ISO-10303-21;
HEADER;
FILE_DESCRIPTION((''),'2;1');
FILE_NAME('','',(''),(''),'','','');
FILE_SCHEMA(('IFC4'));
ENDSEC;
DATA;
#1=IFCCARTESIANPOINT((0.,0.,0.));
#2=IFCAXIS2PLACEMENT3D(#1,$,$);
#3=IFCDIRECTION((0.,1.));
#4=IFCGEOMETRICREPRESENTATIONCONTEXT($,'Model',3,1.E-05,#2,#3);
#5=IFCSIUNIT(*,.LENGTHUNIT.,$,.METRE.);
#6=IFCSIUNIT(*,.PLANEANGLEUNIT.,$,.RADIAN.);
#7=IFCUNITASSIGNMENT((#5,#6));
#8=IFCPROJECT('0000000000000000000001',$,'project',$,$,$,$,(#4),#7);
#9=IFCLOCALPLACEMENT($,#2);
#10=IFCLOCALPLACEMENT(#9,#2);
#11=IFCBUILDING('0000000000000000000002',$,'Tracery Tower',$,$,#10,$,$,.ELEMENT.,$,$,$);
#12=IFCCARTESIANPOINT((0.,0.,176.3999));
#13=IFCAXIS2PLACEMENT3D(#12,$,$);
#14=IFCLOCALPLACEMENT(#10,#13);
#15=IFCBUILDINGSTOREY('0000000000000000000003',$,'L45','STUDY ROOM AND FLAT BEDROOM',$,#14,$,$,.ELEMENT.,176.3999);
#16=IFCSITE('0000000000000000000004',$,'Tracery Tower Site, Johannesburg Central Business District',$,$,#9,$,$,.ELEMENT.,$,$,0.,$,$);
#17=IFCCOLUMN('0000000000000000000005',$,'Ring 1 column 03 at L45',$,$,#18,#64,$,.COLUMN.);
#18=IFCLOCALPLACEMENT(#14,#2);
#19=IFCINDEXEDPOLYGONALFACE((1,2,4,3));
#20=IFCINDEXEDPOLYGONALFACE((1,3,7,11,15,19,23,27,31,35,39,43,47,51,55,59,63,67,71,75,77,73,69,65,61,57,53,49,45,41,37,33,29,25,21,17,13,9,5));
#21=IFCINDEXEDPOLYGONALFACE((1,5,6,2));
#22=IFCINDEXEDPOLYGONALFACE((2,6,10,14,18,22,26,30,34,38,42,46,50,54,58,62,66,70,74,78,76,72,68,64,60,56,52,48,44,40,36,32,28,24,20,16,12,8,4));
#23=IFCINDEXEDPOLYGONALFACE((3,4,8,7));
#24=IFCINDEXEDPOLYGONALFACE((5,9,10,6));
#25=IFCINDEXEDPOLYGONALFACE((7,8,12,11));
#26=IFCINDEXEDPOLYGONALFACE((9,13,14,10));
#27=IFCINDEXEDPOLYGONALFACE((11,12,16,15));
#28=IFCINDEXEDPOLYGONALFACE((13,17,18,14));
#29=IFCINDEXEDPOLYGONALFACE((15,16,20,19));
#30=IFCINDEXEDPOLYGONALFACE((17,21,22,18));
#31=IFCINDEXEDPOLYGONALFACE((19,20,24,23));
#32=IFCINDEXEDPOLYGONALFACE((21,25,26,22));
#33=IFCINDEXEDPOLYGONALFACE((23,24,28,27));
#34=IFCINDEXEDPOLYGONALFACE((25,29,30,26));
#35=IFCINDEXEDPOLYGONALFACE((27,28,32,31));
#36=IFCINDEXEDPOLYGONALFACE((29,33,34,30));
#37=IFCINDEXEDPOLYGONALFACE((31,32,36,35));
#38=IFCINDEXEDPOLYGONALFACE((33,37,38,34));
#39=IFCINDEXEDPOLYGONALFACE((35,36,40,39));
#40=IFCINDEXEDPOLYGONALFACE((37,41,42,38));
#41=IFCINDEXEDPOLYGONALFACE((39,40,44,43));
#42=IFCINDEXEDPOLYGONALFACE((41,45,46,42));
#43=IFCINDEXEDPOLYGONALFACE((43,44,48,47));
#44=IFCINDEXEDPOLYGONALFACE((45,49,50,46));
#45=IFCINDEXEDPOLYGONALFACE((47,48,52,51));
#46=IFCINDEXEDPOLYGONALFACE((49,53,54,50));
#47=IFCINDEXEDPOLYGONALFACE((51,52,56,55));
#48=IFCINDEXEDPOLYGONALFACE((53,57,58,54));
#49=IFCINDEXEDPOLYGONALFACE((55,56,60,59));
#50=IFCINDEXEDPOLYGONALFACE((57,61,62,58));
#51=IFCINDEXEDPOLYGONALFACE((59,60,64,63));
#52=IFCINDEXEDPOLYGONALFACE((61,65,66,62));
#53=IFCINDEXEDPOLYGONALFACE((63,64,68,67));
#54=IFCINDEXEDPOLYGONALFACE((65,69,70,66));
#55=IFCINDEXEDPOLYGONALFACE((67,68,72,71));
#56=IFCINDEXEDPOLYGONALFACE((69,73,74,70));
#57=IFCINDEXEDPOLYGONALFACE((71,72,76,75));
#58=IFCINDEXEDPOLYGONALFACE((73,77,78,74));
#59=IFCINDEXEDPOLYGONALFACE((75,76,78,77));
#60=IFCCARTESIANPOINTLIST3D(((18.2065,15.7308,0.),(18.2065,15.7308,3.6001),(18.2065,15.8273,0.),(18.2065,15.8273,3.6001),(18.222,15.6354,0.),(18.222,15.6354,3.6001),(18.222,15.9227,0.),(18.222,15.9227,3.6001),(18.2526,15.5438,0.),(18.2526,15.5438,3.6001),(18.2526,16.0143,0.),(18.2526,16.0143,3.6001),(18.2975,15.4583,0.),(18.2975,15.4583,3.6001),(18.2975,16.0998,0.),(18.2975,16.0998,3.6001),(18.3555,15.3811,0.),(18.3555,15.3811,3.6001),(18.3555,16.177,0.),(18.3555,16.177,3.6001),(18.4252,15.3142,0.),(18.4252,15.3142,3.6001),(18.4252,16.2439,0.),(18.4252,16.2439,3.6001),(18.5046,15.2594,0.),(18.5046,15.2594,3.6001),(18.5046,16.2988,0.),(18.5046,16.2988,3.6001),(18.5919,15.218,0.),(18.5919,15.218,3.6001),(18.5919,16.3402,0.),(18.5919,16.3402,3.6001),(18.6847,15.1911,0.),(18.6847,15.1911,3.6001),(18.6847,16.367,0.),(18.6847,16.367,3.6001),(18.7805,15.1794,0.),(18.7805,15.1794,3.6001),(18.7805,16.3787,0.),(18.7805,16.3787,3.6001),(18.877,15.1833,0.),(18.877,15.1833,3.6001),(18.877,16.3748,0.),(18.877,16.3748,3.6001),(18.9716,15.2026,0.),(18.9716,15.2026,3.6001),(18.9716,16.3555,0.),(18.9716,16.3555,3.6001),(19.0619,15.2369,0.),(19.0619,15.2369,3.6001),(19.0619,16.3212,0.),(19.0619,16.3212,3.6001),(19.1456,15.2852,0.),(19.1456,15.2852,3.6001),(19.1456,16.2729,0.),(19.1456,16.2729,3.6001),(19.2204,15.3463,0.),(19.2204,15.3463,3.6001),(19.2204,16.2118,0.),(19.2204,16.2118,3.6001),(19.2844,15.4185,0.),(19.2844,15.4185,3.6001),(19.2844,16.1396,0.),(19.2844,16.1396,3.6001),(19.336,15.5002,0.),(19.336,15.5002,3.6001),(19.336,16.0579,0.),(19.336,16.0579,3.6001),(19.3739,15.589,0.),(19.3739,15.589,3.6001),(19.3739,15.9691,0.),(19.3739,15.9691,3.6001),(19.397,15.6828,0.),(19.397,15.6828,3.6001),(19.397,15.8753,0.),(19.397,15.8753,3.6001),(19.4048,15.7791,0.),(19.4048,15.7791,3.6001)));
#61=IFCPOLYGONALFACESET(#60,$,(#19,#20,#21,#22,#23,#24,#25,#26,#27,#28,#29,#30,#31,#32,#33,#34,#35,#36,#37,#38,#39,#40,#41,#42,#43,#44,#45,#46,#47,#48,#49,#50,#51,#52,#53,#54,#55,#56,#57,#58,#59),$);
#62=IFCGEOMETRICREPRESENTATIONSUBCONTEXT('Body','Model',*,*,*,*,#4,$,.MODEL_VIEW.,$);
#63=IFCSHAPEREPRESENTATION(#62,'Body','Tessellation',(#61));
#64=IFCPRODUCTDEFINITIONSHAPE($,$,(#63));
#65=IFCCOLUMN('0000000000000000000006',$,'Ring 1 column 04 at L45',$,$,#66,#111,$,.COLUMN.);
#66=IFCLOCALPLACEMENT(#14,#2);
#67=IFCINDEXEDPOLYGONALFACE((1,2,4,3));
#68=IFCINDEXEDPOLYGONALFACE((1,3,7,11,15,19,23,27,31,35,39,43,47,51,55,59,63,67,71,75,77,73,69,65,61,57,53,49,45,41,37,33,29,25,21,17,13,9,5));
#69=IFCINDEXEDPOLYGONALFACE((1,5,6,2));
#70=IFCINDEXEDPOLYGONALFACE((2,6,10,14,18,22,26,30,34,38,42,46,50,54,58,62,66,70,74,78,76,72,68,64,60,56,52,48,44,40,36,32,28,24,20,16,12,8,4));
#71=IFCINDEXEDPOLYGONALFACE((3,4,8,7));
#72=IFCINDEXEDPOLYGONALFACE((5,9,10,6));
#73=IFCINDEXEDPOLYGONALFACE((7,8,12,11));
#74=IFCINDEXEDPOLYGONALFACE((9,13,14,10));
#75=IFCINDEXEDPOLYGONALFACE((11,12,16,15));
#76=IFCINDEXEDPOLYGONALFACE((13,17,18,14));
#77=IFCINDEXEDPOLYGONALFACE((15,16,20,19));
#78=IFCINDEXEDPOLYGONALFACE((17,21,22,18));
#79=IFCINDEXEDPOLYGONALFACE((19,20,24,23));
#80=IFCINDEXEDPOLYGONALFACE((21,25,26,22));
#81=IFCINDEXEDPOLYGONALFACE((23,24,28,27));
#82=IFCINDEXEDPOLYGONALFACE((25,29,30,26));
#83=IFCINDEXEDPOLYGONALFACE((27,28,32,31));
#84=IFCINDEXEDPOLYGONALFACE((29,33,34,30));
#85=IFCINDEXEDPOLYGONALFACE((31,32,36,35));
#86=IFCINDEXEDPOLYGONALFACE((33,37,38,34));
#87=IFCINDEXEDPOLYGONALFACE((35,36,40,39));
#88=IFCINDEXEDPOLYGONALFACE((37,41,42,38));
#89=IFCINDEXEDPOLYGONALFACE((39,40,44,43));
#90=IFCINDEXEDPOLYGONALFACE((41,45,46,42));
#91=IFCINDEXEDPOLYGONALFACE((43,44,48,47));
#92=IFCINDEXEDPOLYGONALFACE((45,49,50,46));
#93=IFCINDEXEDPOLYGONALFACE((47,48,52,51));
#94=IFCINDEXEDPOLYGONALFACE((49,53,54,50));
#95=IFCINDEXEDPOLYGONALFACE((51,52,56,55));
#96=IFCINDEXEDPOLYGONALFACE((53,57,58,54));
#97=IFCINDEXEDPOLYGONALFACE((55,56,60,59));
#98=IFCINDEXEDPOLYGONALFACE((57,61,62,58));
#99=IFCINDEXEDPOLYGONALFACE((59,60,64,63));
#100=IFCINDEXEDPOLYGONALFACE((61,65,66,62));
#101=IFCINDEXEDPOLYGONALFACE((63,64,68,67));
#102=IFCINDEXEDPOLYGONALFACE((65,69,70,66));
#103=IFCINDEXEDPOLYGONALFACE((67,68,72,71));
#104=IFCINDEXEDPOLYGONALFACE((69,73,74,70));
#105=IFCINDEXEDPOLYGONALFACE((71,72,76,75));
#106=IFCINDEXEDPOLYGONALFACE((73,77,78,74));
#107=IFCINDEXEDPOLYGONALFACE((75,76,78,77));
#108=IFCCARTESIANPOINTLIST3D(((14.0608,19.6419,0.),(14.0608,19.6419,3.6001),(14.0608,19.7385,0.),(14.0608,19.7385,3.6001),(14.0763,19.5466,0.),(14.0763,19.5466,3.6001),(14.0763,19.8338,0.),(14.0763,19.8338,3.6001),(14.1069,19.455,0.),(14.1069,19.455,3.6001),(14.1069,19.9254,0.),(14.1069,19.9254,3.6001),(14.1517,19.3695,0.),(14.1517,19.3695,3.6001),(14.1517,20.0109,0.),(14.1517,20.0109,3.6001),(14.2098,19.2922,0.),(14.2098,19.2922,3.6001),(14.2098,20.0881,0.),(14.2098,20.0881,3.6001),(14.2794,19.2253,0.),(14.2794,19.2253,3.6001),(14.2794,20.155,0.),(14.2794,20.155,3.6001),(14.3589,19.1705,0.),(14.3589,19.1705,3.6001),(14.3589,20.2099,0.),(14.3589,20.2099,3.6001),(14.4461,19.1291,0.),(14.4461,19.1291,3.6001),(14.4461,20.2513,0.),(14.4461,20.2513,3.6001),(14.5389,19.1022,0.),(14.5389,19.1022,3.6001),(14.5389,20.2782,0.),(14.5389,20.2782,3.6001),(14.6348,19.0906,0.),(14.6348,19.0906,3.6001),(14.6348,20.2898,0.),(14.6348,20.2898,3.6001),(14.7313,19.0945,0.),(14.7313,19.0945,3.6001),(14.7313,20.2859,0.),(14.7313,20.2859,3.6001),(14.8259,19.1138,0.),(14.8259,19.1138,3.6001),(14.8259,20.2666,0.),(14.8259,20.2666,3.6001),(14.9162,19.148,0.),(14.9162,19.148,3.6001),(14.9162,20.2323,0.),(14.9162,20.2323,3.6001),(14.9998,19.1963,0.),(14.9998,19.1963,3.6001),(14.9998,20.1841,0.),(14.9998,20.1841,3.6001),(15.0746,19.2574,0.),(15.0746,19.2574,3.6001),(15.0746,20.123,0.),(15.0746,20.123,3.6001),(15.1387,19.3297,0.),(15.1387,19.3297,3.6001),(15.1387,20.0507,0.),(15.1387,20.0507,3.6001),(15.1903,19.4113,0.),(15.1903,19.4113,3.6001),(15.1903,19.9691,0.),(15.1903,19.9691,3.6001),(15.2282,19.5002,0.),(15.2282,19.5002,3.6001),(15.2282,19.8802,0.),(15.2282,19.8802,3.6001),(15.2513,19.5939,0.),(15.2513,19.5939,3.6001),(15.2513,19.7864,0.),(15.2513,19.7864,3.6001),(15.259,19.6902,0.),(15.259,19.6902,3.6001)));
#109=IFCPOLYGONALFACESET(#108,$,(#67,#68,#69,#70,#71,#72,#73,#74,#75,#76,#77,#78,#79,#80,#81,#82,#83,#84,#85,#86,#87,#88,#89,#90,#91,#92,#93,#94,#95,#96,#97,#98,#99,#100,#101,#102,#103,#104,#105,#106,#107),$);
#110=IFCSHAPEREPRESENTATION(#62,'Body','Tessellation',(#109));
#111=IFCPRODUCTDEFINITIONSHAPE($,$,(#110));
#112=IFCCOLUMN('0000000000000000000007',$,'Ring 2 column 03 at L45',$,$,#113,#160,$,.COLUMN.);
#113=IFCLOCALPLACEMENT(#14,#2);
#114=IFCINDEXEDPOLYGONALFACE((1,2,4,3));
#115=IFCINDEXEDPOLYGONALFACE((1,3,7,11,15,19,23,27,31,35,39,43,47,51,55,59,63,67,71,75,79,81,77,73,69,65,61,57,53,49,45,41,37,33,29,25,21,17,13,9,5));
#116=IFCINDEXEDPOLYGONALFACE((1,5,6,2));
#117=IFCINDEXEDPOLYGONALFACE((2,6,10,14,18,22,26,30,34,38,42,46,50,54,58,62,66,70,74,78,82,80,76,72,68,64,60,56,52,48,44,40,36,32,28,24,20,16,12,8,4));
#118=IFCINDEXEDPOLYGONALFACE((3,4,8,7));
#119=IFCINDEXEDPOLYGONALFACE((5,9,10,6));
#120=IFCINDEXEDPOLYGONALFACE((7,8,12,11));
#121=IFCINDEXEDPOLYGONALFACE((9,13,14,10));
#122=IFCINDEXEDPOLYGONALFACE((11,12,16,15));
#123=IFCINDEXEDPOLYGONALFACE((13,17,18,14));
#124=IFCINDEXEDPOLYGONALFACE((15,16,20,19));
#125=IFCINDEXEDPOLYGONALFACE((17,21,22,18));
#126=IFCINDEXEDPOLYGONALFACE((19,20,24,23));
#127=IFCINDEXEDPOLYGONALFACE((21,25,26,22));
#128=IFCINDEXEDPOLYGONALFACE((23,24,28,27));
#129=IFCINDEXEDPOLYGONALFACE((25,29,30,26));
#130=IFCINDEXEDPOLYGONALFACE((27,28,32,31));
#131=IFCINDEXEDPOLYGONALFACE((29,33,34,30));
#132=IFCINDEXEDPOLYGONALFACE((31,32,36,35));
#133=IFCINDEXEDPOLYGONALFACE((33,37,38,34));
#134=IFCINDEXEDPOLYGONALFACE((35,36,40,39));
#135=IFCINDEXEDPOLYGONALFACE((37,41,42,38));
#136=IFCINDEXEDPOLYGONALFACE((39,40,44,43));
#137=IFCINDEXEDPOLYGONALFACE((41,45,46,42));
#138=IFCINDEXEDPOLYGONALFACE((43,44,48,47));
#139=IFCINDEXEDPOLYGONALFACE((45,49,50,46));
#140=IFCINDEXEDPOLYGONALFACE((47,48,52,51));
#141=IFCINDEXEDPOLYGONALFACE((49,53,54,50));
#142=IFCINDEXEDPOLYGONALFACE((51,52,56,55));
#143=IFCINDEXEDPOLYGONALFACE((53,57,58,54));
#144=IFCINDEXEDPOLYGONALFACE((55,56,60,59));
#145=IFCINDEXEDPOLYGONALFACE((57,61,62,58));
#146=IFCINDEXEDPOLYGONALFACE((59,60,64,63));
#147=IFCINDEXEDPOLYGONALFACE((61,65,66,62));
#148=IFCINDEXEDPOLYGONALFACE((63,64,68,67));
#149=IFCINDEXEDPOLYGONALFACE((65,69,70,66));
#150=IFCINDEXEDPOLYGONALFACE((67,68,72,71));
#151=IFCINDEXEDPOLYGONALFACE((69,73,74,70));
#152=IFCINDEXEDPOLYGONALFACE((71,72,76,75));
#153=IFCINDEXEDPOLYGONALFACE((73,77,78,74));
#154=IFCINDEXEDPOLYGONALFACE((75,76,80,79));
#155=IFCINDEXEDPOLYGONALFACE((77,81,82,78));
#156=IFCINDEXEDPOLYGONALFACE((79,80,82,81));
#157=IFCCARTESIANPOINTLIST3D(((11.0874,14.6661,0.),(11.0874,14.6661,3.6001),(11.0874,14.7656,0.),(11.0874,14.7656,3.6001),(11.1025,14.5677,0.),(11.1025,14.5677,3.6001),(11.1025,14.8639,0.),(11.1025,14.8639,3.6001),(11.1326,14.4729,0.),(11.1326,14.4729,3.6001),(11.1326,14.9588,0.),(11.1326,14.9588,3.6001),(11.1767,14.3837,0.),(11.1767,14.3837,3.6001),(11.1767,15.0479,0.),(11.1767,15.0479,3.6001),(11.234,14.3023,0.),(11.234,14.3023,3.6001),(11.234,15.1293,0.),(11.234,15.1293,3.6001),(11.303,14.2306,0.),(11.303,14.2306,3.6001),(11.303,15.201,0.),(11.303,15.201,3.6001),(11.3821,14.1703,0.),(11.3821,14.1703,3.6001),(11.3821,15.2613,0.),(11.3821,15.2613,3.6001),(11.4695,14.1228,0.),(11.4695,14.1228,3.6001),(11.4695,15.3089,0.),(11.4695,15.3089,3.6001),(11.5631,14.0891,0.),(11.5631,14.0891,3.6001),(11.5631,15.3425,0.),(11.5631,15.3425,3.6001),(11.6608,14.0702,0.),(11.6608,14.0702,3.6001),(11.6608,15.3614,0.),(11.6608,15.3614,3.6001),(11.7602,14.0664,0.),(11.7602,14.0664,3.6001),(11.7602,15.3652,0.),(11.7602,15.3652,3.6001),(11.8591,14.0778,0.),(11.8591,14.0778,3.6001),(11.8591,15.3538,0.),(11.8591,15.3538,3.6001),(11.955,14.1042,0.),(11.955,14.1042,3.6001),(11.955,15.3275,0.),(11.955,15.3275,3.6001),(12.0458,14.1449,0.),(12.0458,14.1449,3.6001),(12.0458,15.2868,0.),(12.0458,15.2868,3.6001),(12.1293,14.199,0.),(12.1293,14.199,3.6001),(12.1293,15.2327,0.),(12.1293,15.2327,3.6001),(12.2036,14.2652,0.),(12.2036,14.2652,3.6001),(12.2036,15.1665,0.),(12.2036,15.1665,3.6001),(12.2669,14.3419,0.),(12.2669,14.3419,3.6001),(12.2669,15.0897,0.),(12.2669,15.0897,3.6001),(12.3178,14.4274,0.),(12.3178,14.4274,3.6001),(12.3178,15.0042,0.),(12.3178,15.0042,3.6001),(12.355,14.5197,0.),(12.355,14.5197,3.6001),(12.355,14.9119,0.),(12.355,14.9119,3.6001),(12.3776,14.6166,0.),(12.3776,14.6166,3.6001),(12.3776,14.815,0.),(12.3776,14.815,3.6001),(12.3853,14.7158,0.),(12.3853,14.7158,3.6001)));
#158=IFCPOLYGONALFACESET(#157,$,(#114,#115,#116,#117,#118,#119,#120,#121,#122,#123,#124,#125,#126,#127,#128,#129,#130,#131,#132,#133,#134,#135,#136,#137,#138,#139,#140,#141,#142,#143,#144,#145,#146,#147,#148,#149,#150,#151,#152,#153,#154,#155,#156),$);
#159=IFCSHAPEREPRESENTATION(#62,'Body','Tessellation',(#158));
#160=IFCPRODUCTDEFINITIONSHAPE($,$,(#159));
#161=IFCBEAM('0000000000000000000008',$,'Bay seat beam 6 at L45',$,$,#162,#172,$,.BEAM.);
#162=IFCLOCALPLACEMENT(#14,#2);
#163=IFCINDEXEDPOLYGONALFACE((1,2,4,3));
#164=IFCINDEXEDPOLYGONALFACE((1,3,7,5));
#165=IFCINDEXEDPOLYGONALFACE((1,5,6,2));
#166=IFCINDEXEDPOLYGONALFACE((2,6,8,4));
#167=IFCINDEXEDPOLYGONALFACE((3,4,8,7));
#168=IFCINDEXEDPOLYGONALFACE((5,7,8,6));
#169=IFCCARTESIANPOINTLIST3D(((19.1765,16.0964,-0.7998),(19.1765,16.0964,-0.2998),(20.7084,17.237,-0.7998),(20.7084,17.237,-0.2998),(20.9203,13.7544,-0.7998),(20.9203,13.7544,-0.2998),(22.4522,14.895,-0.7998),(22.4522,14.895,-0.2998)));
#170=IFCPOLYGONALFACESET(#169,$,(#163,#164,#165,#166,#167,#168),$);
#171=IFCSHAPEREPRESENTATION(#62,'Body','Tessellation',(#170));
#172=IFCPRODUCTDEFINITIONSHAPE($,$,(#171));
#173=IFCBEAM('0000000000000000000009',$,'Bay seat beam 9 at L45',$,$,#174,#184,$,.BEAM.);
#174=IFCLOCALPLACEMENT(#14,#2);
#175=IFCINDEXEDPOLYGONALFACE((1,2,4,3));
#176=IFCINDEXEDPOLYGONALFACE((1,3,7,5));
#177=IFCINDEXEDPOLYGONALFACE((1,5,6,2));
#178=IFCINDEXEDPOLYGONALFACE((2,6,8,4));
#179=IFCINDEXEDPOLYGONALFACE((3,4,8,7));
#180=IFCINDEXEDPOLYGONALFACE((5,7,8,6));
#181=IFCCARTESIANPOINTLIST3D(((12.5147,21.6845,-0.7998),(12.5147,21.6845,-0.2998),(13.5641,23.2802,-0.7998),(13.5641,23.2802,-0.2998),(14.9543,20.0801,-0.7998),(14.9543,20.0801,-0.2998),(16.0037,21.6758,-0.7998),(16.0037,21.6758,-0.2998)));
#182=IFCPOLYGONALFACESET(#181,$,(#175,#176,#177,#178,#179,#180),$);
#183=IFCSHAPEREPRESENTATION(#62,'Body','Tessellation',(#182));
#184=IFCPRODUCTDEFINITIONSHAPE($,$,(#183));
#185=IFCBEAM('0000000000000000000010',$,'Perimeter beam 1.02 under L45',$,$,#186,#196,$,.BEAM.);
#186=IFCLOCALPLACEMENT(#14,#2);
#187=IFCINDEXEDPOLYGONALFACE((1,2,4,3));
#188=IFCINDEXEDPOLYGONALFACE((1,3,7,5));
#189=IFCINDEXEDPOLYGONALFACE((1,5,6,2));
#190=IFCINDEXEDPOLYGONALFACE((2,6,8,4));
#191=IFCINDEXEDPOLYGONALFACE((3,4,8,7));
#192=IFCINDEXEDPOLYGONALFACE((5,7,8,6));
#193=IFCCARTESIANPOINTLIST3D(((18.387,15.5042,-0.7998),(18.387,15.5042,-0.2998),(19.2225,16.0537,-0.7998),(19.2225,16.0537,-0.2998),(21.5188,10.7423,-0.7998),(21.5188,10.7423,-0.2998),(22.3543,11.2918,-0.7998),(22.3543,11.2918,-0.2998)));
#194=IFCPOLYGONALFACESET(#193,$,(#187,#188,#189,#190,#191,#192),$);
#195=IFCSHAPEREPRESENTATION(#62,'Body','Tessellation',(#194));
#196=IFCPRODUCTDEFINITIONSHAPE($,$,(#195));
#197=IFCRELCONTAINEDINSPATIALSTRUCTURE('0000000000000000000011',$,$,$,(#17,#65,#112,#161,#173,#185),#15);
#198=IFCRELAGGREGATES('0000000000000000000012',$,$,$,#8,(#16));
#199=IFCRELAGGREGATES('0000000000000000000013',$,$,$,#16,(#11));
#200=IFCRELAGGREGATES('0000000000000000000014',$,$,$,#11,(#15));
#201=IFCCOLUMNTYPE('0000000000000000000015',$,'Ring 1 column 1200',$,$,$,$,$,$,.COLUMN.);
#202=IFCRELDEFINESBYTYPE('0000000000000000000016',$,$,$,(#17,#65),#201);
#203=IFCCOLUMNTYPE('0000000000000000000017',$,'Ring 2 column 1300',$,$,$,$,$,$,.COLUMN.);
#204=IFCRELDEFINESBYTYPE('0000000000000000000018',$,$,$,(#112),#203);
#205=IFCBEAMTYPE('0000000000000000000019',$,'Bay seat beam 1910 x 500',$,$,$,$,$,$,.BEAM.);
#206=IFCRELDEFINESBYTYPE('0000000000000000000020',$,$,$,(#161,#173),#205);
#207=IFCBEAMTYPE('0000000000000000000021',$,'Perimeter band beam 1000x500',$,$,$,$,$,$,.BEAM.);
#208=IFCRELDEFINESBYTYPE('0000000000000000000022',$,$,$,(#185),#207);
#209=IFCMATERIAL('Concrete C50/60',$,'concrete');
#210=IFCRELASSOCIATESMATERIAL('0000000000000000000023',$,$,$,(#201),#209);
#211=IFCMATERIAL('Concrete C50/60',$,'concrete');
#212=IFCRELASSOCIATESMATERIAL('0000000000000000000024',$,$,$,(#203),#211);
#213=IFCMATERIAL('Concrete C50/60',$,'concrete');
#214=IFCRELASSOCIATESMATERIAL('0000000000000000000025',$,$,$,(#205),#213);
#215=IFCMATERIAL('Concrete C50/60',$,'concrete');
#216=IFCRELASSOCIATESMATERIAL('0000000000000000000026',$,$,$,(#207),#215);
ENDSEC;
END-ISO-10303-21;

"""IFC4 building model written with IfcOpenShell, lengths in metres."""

from ifc_helpers import new_model, si_unit, direction, frame, origin, origin_2d, place, context, subcontext, project, spatial, rectangle, circle, extrude, material, material_profile, profile_set, type_object, element, save


model = new_model("IFC4")

# Units and contexts
model_context = context("Model", 3, precision=1e-05, world=origin(), true_north=direction((0.0, 1.0)))
body_context = subcontext(model_context, "Body", "Model", "MODEL_VIEW")
ifc_project = project(units=[si_unit("LENGTHUNIT", "METRE"), si_unit("PLANEANGLEUNIT", "RADIAN")], contexts=[model_context])

# Site, building, storey
site_placement = place(None, origin())
site = spatial("IfcSite", under=ifc_project, at=site_placement, Name="Tracery Tower Site, Johannesburg Central Business District", CompositionType="ELEMENT", RefElevation=0.0)
building_placement = place(site_placement, origin())
building = spatial("IfcBuilding", under=site, at=building_placement, Name="Tracery Tower", CompositionType="ELEMENT")
storey_placement = place(building_placement, frame((0.0, 0.0, 176.3999)))
storey = spatial("IfcBuildingStorey", under=building, at=storey_placement, Name="L45", Description="STUDY ROOM AND FLAT BEDROOM", CompositionType="ELEMENT", Elevation=176.3999)

# Columns
ifc_material_1 = material(Name="Concrete C50/60", Category="concrete")
ifc_material_profile_1 = material_profile(ifc_material_1, circle(Radius=0.6001, at=origin_2d()), Name="RC D1200")
ifc_profile_set_1 = profile_set([ifc_material_profile_1], Name="Concrete C50/60")
column_type_1 = type_object("IfcColumnType", Name="Ring 1 column 1200", PredefinedType="COLUMN", material=ifc_profile_set_1)
for number, where, z_axis, x_axis, name in (
    (1, (18.8047, 15.7791, 0.0), (0.0, 0.0, 1.0), (1.0, 0.0, 0.0), "Ring 1 column 03 at L45"),
    (2, (14.6589, 19.6902, 0.0), (0.0, 0.0, 1.0), (1.0, 0.0, 0.0), "Ring 1 column 04 at L45"),
):
    element("IfcColumn", number, at=place(storey_placement, frame(where, z_axis=z_axis, x_axis=x_axis)), inside=storey, type_object=column_type_1, Name=name, PredefinedType="COLUMN", context=body_context, shape_type="SweptSolid", body=[
        extrude(circle(Radius=0.6001, at=origin_2d()), origin(), (0.0, 0.0, 1.0), 3.6001),
    ])
ifc_material_2 = material(Name="Concrete C50/60", Category="concrete")
ifc_material_profile_2 = material_profile(ifc_material_2, circle(Radius=0.6499, at=origin_2d()), Name="RC D1300")
ifc_profile_set_2 = profile_set([ifc_material_profile_2], Name="Concrete C50/60")
column_type_2 = type_object("IfcColumnType", Name="Ring 2 column 1300", PredefinedType="COLUMN", material=ifc_profile_set_2)
column_placement = place(storey_placement, frame((11.7354, 14.7158, 0.0), z_axis=(0.0, 0.0, 1.0), x_axis=(1.0, 0.0, 0.0)))
element("IfcColumn", 3, at=column_placement, inside=storey, type_object=column_type_2, Name="Ring 2 column 03 at L45", PredefinedType="COLUMN", context=body_context, shape_type="SweptSolid", body=[
    extrude(circle(Radius=0.6499, at=origin_2d()), origin(), (0.0, 0.0, 1.0), 3.6001),
])

# Beams
ifc_material_3 = material(Name="Concrete C50/60", Category="concrete")
ifc_material_profile_3 = material_profile(ifc_material_3, rectangle(XDim=1.9099, YDim=0.5, at=origin_2d()), Name="RC 1910x500")
ifc_profile_set_3 = profile_set([ifc_material_profile_3], Name="Concrete C50/60")
beam_type_1 = type_object("IfcBeamType", Name="Bay seat beam 1910 x 500", PredefinedType="BEAM", material=ifc_profile_set_3)
for number, where, z_axis, x_axis, name in (
    (4, (21.6863, 14.3247, -0.5498), (-0.597227, 0.802072, 0.0), (-0.802072, -0.597227, 0.0), "Bay seat beam 6 at L45"),
    (5, (15.479, 20.8779, -0.5498), (-0.835507, 0.54948, 0.0), (-0.54948, -0.835507, 0.0), "Bay seat beam 9 at L45"),
):
    element("IfcBeam", number, at=place(storey_placement, frame(where, z_axis=z_axis, x_axis=x_axis)), inside=storey, type_object=beam_type_1, Name=name, PredefinedType="BEAM", context=body_context, shape_type="SweptSolid", body=[
        extrude(rectangle(XDim=1.9099, YDim=0.5, at=origin_2d()), origin(), (0.0, 0.0, 1.0), 2.9199),
    ])
ifc_material_4 = material(Name="Concrete C50/60", Category="concrete")
ifc_material_profile_4 = material_profile(ifc_material_4, rectangle(XDim=1.0, YDim=0.5, at=origin_2d()), Name="RC 1000x500")
ifc_profile_set_4 = profile_set([ifc_material_profile_4], Name="Concrete C50/60")
beam_type_2 = type_object("IfcBeamType", Name="Perimeter band beam 1000x500", PredefinedType="BEAM", material=ifc_profile_set_4)
for number, where, z_axis, x_axis, name in (
    (6, (21.9365, 11.0171, -0.5498), (-0.54949, 0.8355, 0.0), (-0.8355, -0.54949, 0.0), "Perimeter beam 1.02 under L45"),
):
    element("IfcBeam", number, at=place(storey_placement, frame(where, z_axis=z_axis, x_axis=x_axis)), inside=storey, type_object=beam_type_2, Name=name, PredefinedType="BEAM", context=body_context, shape_type="SweptSolid", body=[
        extrude(rectangle(XDim=1.0, YDim=0.5, at=origin_2d()), origin(), (0.0, 0.0, 1.0), 5.6995),
    ])

save(model, "model.ifc")
